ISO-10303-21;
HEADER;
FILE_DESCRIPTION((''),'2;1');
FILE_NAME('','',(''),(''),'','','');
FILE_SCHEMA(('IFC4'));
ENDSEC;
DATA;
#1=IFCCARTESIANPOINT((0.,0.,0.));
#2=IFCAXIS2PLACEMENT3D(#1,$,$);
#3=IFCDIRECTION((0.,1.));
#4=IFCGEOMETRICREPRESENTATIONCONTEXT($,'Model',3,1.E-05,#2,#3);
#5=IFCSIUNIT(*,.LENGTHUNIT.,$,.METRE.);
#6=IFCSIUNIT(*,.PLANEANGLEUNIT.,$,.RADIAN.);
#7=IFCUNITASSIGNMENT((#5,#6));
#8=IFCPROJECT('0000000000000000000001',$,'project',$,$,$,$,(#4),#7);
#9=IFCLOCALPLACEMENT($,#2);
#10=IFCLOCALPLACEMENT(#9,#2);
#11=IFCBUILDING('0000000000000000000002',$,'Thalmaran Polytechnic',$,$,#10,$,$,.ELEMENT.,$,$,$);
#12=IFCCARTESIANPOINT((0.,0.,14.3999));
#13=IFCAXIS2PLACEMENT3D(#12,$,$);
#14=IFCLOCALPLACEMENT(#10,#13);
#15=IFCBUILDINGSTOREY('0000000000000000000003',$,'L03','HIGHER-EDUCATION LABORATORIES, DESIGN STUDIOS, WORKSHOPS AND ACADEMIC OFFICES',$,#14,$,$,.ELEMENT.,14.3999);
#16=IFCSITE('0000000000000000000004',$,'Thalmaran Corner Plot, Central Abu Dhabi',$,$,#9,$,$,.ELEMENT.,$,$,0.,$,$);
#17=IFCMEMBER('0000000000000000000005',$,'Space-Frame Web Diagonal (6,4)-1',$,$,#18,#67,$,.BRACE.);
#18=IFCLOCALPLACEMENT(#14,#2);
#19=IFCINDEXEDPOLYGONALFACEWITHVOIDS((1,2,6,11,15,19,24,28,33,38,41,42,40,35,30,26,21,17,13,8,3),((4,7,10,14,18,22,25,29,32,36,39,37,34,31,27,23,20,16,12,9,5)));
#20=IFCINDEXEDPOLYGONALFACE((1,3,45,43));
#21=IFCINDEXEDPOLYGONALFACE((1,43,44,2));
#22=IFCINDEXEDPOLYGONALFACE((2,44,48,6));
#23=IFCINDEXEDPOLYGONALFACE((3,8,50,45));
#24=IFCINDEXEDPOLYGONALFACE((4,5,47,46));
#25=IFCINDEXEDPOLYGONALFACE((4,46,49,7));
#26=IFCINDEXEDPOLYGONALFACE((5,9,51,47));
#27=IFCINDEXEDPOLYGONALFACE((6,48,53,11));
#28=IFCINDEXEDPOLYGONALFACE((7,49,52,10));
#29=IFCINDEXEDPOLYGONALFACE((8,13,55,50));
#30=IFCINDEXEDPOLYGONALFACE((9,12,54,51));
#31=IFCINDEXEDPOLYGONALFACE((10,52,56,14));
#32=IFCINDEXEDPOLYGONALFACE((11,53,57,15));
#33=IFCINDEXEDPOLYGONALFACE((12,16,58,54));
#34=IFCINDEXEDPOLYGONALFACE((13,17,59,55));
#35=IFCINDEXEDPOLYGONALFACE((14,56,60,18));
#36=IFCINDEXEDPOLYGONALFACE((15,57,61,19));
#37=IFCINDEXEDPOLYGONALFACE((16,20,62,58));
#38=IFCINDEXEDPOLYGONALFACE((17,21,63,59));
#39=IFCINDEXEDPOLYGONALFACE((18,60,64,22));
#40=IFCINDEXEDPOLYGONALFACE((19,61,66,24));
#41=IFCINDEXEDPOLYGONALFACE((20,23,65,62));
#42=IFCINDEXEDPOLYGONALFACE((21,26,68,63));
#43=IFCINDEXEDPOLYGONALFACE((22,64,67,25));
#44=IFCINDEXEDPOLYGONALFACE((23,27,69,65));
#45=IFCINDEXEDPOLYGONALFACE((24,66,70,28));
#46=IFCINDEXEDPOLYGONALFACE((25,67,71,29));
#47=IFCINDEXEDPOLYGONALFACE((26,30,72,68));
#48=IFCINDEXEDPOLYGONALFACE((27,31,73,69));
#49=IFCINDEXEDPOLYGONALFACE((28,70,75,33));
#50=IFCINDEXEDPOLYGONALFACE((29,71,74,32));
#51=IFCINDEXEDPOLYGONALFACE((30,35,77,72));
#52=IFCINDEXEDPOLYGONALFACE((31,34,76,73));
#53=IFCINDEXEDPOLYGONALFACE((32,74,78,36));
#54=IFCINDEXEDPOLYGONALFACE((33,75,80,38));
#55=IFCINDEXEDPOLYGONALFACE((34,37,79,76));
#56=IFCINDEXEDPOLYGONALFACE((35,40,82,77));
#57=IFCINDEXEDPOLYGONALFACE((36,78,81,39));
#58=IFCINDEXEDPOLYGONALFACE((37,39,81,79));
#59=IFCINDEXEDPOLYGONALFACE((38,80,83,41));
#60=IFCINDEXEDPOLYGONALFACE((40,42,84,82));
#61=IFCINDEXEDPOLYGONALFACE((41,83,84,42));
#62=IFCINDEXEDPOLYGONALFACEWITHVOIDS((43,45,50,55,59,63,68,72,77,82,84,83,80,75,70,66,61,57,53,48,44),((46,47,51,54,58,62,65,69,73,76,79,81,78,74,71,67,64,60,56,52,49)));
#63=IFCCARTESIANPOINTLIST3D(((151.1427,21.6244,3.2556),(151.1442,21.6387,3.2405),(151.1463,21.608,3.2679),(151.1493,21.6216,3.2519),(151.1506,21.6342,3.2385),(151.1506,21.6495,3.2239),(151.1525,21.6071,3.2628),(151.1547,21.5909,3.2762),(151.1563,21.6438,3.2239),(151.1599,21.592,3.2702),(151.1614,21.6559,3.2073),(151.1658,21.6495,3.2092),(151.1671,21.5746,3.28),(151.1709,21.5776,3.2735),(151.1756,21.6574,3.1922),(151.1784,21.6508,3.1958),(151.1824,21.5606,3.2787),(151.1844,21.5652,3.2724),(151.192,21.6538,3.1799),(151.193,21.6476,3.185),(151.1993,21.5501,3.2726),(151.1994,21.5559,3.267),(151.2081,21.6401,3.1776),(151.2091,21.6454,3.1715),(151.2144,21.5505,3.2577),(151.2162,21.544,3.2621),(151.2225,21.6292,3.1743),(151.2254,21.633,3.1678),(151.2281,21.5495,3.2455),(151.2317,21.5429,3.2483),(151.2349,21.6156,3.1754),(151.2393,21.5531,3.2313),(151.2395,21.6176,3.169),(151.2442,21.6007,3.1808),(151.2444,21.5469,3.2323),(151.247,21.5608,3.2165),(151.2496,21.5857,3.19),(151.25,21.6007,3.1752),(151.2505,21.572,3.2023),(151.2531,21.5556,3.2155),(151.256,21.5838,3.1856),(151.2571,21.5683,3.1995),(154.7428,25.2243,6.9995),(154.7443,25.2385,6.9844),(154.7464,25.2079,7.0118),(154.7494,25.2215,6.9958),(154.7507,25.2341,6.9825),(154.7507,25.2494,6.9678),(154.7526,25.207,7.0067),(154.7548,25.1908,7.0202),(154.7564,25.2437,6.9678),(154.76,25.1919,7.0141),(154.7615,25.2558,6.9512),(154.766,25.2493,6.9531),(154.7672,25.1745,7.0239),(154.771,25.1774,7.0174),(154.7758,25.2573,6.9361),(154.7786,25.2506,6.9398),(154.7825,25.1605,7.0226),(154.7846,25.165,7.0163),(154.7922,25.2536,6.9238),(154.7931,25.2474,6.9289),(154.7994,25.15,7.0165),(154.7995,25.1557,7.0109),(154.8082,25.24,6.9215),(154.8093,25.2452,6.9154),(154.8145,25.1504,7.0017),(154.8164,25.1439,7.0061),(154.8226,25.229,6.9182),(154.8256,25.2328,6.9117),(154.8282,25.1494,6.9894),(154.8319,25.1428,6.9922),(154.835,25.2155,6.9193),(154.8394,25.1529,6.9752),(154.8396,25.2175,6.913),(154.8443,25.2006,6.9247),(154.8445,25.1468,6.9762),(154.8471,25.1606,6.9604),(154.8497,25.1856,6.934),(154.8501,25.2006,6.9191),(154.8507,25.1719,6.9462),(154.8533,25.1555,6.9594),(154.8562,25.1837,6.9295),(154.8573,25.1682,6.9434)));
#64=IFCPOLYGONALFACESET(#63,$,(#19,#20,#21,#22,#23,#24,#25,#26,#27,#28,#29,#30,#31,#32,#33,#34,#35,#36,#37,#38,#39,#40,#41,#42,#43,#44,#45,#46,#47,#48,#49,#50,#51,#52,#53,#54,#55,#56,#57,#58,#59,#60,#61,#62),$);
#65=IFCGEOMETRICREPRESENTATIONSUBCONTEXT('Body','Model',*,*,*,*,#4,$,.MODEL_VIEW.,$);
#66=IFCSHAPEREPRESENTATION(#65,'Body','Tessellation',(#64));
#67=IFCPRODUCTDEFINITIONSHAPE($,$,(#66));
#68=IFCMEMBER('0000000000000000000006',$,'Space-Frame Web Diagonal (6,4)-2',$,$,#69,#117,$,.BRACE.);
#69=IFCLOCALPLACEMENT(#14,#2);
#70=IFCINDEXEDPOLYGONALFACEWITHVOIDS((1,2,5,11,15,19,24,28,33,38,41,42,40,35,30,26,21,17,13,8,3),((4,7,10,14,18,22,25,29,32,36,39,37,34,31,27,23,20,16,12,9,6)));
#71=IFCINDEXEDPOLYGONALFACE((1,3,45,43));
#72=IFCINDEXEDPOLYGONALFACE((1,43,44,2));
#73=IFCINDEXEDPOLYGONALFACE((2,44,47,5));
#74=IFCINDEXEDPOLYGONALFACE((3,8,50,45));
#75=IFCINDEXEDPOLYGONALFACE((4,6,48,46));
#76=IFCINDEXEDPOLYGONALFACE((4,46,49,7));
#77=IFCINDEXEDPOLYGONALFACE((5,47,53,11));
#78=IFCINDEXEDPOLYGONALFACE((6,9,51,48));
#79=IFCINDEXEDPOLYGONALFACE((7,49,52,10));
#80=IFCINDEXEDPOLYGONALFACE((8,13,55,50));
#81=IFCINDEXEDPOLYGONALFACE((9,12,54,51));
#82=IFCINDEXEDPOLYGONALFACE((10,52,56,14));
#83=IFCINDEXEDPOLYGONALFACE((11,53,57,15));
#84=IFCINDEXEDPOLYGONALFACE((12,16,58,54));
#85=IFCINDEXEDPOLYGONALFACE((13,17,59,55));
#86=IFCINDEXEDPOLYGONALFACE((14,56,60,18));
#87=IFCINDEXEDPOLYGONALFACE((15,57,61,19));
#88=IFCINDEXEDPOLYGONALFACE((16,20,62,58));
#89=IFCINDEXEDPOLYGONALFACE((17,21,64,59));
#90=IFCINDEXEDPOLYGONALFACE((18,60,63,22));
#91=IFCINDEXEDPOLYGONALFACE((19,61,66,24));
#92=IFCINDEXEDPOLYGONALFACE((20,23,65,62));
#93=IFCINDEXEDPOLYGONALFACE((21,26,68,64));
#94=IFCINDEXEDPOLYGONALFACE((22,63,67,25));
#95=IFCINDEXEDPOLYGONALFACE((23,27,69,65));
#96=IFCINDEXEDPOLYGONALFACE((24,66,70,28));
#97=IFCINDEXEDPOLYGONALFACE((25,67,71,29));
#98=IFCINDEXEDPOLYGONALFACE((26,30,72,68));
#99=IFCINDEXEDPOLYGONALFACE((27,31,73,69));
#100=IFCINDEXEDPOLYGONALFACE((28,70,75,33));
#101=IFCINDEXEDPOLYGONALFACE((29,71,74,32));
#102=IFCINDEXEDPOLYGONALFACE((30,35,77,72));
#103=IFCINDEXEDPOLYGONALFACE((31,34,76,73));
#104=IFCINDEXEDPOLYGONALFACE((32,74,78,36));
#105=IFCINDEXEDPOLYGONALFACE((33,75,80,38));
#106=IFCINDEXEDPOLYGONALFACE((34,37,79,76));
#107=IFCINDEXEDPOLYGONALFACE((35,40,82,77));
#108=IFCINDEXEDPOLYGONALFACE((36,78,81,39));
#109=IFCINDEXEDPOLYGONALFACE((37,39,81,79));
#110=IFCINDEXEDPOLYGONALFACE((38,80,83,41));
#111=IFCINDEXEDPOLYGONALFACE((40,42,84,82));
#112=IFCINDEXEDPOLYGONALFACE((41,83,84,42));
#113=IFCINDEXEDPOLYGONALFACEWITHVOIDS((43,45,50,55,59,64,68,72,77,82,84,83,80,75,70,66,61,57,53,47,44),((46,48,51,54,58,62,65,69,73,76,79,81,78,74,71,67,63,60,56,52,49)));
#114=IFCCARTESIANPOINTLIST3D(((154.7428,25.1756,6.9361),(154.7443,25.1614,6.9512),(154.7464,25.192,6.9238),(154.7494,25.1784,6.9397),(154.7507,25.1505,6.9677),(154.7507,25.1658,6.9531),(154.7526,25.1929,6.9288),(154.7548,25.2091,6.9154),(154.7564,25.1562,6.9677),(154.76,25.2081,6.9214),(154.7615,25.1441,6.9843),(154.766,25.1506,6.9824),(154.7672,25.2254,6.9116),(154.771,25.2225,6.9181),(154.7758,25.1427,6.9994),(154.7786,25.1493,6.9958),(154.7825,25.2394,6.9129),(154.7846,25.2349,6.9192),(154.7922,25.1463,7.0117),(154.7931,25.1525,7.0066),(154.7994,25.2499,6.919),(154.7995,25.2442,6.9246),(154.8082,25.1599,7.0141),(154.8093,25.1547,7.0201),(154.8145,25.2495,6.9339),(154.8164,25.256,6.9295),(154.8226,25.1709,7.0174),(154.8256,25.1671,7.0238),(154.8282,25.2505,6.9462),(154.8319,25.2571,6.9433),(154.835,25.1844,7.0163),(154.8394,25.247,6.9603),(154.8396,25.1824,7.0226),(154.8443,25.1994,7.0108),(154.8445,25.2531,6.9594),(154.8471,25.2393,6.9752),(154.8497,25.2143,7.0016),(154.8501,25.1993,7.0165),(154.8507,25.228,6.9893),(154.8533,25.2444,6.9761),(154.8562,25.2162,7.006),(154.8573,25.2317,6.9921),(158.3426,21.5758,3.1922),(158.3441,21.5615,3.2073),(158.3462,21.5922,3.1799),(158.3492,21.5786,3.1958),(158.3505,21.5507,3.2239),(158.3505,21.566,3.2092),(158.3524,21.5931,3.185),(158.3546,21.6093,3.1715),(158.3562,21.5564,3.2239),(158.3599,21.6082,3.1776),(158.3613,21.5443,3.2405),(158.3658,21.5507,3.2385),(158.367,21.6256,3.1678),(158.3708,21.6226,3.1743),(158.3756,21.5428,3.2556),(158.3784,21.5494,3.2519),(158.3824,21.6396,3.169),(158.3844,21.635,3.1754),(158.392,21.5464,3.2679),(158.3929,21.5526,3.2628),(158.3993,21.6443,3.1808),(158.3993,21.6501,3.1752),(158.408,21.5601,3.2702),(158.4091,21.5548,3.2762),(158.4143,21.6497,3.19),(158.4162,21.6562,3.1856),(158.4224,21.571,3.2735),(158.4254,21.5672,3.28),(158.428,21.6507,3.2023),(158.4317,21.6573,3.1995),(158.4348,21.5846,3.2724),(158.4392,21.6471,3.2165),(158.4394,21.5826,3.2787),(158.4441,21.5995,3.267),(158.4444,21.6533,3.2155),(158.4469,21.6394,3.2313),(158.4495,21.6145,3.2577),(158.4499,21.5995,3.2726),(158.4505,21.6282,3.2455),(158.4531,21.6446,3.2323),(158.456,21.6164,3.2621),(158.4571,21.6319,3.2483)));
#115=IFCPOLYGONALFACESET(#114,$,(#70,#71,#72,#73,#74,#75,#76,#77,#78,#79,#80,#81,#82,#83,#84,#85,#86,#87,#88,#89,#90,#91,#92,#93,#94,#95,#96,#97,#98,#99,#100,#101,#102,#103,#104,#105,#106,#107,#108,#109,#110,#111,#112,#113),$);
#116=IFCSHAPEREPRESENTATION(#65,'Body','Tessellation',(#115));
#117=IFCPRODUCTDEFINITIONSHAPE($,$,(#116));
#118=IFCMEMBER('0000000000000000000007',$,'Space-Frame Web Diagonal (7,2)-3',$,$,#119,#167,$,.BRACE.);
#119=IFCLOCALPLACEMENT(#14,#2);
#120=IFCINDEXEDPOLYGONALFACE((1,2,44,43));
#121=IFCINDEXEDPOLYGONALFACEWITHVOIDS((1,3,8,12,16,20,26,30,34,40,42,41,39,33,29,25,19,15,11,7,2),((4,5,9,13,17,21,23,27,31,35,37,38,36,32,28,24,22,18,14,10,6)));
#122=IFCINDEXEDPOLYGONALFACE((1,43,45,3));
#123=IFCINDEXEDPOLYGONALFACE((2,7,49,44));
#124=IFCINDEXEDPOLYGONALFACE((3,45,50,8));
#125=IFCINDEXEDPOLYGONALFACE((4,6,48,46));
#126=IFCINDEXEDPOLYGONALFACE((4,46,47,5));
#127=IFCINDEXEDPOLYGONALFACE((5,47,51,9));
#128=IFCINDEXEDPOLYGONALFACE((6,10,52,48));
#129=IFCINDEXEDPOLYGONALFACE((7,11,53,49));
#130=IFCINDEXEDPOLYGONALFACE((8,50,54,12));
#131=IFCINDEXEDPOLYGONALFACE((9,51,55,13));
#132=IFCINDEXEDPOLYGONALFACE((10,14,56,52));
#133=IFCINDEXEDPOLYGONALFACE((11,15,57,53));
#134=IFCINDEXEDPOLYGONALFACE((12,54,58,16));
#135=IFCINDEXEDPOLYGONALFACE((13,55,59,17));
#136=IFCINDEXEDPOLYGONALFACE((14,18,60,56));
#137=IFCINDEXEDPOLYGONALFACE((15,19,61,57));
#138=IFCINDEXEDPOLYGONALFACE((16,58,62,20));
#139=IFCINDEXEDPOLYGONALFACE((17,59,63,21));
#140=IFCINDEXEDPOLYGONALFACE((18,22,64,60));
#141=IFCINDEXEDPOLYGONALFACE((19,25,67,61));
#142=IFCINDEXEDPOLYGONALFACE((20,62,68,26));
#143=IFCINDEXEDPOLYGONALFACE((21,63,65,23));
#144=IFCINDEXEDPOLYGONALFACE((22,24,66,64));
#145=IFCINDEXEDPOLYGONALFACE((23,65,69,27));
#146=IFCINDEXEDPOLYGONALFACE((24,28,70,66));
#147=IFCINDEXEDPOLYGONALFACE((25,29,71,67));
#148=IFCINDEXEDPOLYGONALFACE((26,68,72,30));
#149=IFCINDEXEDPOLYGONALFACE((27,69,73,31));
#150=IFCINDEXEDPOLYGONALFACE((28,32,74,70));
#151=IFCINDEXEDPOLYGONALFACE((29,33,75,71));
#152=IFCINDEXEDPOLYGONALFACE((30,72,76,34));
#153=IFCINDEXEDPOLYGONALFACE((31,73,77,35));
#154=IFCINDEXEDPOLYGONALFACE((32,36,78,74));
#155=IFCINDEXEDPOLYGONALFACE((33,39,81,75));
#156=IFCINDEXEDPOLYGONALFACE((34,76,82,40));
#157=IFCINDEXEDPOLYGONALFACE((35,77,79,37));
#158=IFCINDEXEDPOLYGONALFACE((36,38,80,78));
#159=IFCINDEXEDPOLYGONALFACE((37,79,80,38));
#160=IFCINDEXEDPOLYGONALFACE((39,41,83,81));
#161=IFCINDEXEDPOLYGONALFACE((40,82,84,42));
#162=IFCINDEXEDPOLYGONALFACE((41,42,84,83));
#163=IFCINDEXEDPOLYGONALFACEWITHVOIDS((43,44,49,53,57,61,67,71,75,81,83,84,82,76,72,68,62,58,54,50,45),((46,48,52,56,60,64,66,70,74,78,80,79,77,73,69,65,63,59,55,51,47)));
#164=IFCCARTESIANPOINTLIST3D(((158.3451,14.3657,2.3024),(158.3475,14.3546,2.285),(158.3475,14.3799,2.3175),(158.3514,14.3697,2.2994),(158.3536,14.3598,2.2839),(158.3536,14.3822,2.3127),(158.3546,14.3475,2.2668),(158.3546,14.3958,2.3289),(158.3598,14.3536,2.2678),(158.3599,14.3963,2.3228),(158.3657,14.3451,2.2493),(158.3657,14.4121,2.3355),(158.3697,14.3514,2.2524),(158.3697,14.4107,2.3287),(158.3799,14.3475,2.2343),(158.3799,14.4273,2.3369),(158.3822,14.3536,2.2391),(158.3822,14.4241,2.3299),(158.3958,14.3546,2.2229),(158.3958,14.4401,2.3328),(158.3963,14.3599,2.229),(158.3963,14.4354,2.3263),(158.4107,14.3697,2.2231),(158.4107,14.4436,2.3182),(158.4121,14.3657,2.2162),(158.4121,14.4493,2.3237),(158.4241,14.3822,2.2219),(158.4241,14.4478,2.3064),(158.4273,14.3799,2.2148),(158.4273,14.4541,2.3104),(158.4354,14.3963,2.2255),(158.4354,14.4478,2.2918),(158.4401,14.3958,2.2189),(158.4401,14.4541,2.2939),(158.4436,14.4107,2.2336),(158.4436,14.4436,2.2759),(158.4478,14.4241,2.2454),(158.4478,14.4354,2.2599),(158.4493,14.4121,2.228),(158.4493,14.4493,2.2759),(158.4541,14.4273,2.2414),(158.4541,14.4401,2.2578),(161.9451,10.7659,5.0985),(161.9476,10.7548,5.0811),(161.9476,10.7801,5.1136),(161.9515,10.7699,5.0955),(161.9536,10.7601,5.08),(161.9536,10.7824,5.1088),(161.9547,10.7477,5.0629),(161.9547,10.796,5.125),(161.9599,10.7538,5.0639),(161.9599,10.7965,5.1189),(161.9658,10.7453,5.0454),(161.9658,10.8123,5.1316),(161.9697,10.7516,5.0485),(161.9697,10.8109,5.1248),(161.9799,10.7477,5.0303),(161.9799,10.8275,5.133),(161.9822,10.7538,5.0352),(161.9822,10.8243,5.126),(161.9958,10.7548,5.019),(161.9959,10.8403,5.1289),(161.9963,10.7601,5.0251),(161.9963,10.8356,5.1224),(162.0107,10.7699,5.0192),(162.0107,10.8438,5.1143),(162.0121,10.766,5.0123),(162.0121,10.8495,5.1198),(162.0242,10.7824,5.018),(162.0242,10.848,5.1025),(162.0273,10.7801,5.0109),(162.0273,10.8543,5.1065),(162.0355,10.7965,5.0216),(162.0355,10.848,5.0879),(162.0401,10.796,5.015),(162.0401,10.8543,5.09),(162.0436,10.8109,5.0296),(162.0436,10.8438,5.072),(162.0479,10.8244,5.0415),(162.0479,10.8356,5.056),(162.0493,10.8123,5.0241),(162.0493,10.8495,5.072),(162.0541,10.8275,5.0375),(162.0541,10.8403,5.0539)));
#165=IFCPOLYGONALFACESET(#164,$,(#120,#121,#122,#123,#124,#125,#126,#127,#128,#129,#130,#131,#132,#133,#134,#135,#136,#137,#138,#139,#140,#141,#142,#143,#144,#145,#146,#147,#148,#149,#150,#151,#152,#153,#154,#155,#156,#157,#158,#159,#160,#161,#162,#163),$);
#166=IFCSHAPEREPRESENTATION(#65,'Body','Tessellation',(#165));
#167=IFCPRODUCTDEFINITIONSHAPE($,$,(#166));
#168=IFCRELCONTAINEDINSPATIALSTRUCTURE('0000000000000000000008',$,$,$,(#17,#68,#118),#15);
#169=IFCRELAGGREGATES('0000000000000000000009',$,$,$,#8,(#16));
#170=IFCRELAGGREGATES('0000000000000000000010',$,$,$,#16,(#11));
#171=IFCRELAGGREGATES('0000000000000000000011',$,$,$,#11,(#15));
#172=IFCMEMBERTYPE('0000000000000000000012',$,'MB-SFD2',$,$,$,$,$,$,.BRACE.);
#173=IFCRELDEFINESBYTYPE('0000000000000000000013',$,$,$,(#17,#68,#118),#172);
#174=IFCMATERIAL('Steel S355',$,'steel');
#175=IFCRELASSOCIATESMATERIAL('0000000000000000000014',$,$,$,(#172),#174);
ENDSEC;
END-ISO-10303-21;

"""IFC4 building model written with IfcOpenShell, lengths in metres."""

from ifc_helpers import new_model, si_unit, direction, frame, origin, origin_2d, place, context, subcontext, project, spatial, hollow_circle, extrude, material, material_profile, profile_set, type_object, element, save


model = new_model("IFC4")

# Units and contexts
model_context = context("Model", 3, precision=1e-05, world=origin(), true_north=direction((0.0, 1.0)))
body_context = subcontext(model_context, "Body", "Model", "MODEL_VIEW")
ifc_project = project(units=[si_unit("LENGTHUNIT", "METRE"), si_unit("PLANEANGLEUNIT", "RADIAN")], contexts=[model_context])

# Site, building, storey
site_placement = place(None, origin())
site = spatial("IfcSite", under=ifc_project, at=site_placement, Name="Thalmaran Corner Plot, Central Abu Dhabi", CompositionType="ELEMENT", RefElevation=0.0)
building_placement = place(site_placement, origin())
building = spatial("IfcBuilding", under=site, at=building_placement, Name="Thalmaran Polytechnic", CompositionType="ELEMENT")
storey_placement = place(building_placement, frame((0.0, 0.0, 14.3999)))
storey = spatial("IfcBuildingStorey", under=building, at=storey_placement, Name="L03", Description="HIGHER-EDUCATION LABORATORIES, DESIGN STUDIOS, WORKSHOPS AND ACADEMIC OFFICES", CompositionType="ELEMENT", Elevation=14.3999)

# Members
ifc_material = material(Name="Steel S355", Category="steel")
ifc_material_profile_1 = material_profile(ifc_material, hollow_circle(Radius=0.0698, WallThickness=0.0081, at=origin_2d()), Name="CHS 139.7x8.0")
ifc_profile_set_1 = profile_set([ifc_material_profile_1], Name="Steel S355")
member_type_1 = type_object("IfcMemberType", Name="MB-SFD2", PredefinedType="BRACE", material=ifc_profile_set_1)
member_1_placement = place(storey_placement, frame((151.2, 21.6001, 3.2239), z_axis=(0.569678, 0.56964, 0.592433), x_axis=(-0.707083, 0.707131, 0.0)))
element("IfcMember", 1, at=member_1_placement, inside=storey, type_object=member_type_1, Name="Space-Frame Web Diagonal (6,4)-1", PredefinedType="BRACE", context=body_context, shape_type="SweptSolid", body=[
    extrude(hollow_circle(Radius=0.0698, WallThickness=0.0081, at=origin_2d()), origin(), (0.0, 0.0, 1.0), 6.3196),
])
member_2_placement = place(storey_placement, frame((158.3999, 21.6001, 3.2239), z_axis=(-0.569652, 0.569652, 0.592446), x_axis=(-0.707107, -0.707107, 0.0)))
element("IfcMember", 2, at=member_2_placement, inside=storey, type_object=member_type_1, Name="Space-Frame Web Diagonal (6,4)-2", PredefinedType="BRACE", context=body_context, shape_type="SweptSolid", body=[
    extrude(hollow_circle(Radius=0.0698, WallThickness=0.0081, at=origin_2d()), origin(), (0.0, 0.0, 1.0), 6.3193),
])
member_3_placement = place(storey_placement, frame((158.3999, 14.3999, 2.2759), z_axis=(0.619804, -0.619762, 0.481392), x_axis=(0.707083, 0.707131, 0.0)))
element("IfcMember", 3, at=member_3_placement, inside=storey, type_object=member_type_1, Name="Space-Frame Web Diagonal (7,2)-3", PredefinedType="BRACE", context=body_context, shape_type="SweptSolid", body=[
    extrude(hollow_circle(Radius=0.0698, WallThickness=0.0081, at=origin_2d()), origin(), (0.0, 0.0, 1.0), 5.8083),
])

save(model, "model.ifc")
